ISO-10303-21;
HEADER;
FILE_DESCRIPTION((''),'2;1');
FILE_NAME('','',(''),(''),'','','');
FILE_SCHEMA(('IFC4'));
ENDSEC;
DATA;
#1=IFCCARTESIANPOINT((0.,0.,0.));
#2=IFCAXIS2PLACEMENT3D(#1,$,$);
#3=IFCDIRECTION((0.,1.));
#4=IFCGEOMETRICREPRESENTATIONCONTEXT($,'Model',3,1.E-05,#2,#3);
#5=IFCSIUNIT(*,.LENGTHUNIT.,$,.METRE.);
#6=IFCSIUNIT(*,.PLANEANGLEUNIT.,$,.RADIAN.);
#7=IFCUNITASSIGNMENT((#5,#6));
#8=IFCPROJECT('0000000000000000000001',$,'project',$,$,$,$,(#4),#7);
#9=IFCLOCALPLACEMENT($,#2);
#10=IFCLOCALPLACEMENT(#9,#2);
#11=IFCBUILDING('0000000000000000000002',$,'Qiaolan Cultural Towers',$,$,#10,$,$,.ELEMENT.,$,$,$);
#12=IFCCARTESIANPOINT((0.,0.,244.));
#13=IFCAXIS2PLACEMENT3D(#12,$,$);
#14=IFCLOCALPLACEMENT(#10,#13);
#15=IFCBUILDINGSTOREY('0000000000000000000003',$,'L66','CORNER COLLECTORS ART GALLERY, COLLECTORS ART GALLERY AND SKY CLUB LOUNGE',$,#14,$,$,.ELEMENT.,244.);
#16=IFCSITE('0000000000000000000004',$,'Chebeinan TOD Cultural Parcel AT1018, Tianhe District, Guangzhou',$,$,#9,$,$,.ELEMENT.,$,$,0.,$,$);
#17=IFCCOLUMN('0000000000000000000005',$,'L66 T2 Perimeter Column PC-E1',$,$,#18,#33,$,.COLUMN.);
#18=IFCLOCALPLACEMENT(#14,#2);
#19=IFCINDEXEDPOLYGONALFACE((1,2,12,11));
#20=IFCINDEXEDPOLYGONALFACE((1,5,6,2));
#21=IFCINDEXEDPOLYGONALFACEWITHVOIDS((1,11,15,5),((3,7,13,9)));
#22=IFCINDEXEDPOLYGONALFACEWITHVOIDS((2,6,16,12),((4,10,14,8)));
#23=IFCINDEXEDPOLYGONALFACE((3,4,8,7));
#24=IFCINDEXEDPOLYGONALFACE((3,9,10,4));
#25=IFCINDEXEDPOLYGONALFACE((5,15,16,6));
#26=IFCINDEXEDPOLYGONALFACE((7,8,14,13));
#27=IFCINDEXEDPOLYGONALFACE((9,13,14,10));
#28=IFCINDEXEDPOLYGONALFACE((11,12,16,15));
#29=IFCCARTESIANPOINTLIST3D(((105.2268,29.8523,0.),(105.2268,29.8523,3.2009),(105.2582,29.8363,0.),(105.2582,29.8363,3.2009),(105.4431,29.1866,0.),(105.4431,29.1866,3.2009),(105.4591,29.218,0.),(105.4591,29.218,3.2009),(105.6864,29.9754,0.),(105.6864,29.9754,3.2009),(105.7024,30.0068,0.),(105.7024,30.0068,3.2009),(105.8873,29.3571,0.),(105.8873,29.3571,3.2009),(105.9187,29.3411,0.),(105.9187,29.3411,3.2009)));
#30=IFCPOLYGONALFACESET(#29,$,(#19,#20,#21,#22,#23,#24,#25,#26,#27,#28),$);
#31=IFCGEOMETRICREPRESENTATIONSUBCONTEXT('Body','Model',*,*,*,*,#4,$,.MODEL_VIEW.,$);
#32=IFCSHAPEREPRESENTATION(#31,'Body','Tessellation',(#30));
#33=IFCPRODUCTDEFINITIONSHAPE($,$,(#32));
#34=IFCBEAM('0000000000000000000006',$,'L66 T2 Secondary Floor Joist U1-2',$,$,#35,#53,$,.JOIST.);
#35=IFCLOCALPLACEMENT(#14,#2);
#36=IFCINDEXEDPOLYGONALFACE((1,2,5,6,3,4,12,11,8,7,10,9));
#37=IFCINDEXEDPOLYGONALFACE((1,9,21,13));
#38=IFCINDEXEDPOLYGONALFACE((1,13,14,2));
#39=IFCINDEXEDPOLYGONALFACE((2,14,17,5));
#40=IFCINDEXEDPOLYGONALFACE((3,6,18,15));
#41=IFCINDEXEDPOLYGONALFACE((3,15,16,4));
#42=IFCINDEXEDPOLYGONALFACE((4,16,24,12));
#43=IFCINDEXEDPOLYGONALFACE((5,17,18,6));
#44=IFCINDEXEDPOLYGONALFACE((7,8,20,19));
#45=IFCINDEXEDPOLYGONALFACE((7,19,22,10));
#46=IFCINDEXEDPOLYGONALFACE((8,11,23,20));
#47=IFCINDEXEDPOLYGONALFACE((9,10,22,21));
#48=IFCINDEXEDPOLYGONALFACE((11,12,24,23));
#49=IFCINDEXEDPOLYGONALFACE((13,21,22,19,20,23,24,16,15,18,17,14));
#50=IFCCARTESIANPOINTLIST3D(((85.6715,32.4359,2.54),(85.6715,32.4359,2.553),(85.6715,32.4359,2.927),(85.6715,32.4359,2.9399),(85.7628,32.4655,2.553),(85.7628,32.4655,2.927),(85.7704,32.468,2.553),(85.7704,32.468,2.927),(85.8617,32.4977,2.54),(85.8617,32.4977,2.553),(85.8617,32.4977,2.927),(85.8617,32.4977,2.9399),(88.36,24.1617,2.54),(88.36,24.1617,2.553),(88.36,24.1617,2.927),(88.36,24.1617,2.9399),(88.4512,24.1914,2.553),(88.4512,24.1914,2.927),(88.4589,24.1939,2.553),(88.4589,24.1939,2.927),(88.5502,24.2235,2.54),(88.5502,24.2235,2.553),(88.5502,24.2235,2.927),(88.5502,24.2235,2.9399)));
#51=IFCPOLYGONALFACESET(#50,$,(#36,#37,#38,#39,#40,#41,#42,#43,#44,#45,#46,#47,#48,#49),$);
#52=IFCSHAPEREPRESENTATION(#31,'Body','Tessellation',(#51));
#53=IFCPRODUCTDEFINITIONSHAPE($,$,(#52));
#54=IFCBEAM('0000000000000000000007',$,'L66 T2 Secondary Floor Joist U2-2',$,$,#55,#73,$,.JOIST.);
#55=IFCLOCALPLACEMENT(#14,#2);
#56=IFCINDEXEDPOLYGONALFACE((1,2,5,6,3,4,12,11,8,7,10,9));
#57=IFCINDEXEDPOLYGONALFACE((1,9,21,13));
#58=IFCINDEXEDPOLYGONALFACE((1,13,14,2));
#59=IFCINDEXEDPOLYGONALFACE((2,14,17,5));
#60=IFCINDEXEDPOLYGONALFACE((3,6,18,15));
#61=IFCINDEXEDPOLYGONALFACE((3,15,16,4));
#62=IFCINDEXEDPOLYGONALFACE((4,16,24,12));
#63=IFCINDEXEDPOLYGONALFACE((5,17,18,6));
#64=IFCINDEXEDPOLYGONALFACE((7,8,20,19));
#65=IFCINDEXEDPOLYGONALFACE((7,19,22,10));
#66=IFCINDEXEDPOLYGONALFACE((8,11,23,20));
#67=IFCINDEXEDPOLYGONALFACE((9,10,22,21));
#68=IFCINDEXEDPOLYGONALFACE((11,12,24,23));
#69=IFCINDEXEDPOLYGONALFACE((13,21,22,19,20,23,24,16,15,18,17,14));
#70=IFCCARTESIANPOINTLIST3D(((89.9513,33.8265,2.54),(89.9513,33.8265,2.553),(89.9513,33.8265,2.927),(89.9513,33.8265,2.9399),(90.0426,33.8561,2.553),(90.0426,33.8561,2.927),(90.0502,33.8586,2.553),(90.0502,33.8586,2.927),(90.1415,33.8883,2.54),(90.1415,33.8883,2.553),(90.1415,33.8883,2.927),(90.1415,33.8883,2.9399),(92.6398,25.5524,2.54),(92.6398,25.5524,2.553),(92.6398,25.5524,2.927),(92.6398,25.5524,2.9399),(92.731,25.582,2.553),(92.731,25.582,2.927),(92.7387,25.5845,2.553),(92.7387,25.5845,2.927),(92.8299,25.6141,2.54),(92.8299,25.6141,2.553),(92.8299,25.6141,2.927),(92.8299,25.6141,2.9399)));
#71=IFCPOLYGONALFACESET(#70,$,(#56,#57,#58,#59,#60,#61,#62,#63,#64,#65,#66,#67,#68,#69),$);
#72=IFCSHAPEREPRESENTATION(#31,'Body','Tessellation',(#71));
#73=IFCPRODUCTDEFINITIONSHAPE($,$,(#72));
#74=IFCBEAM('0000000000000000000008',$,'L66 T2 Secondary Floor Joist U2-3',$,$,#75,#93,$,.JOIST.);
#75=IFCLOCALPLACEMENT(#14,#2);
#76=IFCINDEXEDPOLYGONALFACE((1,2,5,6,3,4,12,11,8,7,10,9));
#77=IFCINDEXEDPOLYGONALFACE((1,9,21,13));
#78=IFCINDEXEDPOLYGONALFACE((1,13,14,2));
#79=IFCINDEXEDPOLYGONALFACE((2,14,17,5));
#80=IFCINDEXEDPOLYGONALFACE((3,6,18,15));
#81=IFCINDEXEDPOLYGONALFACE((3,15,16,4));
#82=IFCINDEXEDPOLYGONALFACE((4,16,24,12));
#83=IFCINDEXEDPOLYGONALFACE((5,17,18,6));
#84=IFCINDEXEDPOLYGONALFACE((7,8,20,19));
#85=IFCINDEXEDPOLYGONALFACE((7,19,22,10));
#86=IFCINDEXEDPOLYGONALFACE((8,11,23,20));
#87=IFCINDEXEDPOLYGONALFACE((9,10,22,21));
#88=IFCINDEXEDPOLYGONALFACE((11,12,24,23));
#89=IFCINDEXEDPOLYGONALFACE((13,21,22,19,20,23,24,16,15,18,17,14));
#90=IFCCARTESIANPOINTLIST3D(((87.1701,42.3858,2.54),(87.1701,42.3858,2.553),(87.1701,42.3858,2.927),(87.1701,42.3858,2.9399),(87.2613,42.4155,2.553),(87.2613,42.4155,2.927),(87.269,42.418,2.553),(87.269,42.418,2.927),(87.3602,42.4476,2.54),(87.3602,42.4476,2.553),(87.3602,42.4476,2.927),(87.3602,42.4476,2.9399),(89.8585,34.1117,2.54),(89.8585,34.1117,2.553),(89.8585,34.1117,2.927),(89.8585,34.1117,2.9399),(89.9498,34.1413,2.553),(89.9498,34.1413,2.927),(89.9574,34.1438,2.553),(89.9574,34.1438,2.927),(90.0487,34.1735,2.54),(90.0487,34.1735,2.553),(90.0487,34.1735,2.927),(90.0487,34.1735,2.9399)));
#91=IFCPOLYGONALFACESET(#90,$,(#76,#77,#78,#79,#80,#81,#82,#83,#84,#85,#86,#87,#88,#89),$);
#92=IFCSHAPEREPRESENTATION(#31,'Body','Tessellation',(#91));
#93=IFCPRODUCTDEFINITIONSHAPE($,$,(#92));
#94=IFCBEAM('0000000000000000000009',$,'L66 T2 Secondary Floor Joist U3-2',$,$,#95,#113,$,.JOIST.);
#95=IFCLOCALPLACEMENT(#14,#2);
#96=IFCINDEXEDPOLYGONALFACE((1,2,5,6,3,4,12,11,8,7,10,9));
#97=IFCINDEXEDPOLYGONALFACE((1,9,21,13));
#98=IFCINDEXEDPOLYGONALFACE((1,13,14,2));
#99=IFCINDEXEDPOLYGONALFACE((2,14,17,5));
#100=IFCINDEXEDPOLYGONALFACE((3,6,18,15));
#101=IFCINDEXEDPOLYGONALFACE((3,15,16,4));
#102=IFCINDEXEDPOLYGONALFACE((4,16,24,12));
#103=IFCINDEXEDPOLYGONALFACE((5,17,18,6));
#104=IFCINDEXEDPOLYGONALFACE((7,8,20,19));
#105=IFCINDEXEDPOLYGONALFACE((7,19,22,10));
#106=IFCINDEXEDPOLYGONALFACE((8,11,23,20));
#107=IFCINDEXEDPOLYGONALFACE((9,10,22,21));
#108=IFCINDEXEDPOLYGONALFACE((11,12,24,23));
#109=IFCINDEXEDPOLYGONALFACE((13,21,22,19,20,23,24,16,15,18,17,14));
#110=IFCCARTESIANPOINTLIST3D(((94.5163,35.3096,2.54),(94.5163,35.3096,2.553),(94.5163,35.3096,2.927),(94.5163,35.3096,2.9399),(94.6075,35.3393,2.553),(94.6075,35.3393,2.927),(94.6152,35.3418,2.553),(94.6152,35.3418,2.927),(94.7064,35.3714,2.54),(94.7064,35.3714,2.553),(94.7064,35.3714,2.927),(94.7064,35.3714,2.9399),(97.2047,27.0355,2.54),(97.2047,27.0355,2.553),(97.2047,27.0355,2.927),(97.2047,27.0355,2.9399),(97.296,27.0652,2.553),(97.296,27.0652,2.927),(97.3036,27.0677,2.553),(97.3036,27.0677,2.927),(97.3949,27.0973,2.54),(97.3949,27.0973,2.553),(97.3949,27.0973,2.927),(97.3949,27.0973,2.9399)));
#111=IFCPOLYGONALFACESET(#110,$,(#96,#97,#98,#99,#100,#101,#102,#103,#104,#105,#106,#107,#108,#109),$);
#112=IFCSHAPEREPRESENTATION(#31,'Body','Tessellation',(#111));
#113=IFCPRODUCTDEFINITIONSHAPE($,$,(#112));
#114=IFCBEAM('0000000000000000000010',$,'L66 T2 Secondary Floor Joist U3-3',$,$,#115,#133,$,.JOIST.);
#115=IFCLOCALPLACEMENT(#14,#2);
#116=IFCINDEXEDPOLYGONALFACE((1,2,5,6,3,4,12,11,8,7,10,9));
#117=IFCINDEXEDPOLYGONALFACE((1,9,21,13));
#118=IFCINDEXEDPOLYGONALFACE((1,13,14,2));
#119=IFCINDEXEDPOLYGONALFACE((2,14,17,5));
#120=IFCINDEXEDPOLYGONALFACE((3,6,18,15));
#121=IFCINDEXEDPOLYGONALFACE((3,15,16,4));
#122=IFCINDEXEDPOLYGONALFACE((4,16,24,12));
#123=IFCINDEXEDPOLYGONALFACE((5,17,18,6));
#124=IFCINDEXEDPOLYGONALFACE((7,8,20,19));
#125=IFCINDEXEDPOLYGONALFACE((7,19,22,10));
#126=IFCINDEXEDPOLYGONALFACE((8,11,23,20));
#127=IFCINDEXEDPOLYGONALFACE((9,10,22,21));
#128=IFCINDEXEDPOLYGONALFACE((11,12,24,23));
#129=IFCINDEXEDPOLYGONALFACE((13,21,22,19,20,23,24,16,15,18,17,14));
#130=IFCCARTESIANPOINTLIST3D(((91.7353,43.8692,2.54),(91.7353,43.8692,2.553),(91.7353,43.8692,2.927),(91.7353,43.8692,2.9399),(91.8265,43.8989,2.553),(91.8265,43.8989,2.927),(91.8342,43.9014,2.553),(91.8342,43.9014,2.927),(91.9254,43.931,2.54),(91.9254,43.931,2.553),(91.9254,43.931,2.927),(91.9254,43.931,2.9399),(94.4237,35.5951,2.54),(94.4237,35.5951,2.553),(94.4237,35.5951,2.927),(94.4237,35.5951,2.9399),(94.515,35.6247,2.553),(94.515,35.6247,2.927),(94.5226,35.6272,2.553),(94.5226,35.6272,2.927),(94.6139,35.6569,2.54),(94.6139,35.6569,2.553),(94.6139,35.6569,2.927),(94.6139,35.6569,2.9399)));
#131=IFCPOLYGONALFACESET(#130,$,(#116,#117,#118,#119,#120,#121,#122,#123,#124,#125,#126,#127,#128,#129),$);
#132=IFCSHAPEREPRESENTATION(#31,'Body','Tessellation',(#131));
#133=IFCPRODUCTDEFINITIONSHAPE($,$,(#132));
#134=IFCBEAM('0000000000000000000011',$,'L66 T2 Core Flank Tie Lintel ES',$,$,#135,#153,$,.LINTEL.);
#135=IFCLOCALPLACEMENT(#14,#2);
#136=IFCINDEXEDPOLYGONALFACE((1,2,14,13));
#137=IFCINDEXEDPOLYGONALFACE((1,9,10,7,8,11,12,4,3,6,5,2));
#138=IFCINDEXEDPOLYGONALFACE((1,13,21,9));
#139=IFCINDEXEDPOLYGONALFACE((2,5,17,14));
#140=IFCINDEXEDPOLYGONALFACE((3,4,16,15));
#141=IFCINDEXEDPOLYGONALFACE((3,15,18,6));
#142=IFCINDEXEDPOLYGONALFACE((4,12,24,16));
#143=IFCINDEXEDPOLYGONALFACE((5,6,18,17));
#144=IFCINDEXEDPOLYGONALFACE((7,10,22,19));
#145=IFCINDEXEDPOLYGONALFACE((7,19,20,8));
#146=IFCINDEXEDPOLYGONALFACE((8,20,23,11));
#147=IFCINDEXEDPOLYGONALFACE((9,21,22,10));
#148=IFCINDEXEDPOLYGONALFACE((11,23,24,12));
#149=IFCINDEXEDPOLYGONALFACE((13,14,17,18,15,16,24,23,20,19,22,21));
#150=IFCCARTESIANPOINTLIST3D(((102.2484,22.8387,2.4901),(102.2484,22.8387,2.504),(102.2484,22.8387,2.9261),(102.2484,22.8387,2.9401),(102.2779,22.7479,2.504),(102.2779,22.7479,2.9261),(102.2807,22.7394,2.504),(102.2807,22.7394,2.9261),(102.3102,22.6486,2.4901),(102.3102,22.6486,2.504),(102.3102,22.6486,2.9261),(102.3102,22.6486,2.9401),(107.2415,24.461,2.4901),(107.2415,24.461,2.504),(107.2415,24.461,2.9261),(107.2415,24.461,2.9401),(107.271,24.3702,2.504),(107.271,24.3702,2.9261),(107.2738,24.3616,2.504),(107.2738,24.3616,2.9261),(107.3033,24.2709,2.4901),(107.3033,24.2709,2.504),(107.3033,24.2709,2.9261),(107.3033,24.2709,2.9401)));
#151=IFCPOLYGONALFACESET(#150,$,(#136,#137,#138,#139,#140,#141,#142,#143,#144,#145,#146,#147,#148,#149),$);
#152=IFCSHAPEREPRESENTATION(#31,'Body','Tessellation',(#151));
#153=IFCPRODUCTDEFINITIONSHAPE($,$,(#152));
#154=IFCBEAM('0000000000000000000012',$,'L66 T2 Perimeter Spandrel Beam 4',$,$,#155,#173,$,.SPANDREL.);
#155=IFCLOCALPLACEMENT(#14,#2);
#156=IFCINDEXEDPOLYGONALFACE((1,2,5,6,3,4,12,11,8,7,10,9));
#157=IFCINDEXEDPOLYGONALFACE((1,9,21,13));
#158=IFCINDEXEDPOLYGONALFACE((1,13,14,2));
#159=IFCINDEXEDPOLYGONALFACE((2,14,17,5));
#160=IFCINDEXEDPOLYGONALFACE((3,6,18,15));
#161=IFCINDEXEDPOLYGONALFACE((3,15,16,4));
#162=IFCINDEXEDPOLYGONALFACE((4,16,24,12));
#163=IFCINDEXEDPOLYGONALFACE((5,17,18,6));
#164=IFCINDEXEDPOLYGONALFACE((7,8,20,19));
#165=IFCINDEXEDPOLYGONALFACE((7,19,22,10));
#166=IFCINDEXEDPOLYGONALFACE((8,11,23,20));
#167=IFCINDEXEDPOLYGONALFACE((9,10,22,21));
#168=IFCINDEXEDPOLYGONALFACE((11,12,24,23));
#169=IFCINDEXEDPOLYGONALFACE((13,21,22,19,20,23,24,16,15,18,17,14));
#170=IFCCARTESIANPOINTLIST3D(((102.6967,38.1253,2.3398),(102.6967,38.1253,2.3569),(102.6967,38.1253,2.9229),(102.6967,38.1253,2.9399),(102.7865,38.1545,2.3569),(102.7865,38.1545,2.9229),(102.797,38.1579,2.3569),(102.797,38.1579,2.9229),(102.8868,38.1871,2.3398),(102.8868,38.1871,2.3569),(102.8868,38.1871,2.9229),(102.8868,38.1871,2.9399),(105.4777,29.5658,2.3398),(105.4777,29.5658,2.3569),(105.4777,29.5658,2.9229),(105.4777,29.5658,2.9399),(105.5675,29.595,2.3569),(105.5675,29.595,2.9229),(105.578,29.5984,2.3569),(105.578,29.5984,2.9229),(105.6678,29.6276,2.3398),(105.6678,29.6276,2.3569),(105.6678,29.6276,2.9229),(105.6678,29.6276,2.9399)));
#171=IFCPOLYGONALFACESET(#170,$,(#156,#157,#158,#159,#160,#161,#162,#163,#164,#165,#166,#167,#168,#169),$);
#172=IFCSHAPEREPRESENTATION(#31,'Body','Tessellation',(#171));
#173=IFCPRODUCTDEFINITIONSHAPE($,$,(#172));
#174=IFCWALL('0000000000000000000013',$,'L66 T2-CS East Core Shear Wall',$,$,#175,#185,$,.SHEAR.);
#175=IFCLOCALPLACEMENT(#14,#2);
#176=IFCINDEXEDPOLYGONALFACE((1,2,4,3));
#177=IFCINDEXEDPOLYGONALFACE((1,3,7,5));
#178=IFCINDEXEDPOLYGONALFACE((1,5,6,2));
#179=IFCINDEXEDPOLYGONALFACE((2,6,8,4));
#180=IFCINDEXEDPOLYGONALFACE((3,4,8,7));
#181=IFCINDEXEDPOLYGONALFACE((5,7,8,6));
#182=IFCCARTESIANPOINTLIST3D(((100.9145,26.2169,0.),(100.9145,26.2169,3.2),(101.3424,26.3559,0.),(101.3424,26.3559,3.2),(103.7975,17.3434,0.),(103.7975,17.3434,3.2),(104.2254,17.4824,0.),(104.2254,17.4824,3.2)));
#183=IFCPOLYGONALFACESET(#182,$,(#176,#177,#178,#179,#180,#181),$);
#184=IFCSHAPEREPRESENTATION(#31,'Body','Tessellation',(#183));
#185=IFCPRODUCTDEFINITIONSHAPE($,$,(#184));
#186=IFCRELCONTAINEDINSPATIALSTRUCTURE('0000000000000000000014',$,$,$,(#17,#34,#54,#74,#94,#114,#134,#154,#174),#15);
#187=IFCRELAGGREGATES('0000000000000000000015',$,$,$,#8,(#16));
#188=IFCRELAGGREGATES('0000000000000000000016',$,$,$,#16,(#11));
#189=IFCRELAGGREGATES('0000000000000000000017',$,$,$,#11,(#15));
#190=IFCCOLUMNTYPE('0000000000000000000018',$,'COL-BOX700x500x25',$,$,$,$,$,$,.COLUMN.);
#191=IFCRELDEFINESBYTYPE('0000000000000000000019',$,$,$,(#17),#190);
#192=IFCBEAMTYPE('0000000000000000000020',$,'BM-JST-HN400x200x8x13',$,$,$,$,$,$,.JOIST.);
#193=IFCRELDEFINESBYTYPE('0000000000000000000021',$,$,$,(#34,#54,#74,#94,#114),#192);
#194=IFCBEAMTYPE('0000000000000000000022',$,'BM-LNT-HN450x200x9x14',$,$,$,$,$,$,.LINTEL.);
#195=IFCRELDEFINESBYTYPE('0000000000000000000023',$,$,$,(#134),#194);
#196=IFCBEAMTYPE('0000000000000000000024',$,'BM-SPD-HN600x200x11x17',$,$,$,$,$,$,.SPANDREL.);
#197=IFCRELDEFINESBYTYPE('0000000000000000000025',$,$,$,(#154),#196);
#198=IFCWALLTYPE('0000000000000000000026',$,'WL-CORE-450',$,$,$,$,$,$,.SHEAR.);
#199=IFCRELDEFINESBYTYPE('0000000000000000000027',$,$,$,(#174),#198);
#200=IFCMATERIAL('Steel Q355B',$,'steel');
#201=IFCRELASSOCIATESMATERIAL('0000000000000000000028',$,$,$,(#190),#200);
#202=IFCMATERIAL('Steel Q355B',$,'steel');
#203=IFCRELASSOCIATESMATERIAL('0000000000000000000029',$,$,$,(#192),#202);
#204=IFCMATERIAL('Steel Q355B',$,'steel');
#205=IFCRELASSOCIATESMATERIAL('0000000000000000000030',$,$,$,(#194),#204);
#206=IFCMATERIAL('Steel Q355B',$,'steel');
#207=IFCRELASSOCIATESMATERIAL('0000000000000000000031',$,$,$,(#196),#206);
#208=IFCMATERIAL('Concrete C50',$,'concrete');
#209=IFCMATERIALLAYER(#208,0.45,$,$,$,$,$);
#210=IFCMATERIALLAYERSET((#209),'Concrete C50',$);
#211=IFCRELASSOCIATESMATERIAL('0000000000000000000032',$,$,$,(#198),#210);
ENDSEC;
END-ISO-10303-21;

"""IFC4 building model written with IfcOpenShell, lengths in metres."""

from ifc_helpers import new_model, si_unit, direction, frame, frame_2d, origin, origin_2d, place, context, subcontext, project, spatial, rectangle, hollow_rectangle, i_section, extrude, material, layer, layer_set, material_profile, profile_set, type_object, element, save


model = new_model("IFC4")

# Units and contexts
model_context = context("Model", 3, precision=1e-05, world=origin(), true_north=direction((0.0, 1.0)))
body_context = subcontext(model_context, "Body", "Model", "MODEL_VIEW")
ifc_project = project(units=[si_unit("LENGTHUNIT", "METRE"), si_unit("PLANEANGLEUNIT", "RADIAN")], contexts=[model_context])

# Site, building, storey
site_placement = place(None, origin())
site = spatial("IfcSite", under=ifc_project, at=site_placement, Name="Chebeinan TOD Cultural Parcel AT1018, Tianhe District, Guangzhou", CompositionType="ELEMENT", RefElevation=0.0)
building_placement = place(site_placement, origin())
building = spatial("IfcBuilding", under=site, at=building_placement, Name="Qiaolan Cultural Towers", CompositionType="ELEMENT")
storey_placement = place(building_placement, frame((0.0, 0.0, 244.0)))
storey = spatial("IfcBuildingStorey", under=building, at=storey_placement, Name="L66", Description="CORNER COLLECTORS ART GALLERY, COLLECTORS ART GALLERY AND SKY CLUB LOUNGE", CompositionType="ELEMENT", Elevation=244.0)

# Column
ifc_material_1 = material(Name="Steel Q355B", Category="steel")
ifc_material_profile_1 = material_profile(ifc_material_1, hollow_rectangle(XDim=0.5, YDim=0.7, WallThickness=0.0249, at=origin_2d()), Name="BOX700x500x25")
ifc_profile_set_1 = profile_set([ifc_material_profile_1], Name="Steel Q355B")
column_type = type_object("IfcColumnType", Name="COL-BOX700x500x25", PredefinedType="COLUMN", material=ifc_profile_set_1)
column_placement = place(storey_placement, frame((105.5728, 29.5967, 0.0), z_axis=(0.0, 0.0, 1.0), x_axis=(0.951057, 0.309017, 0.0)))
element("IfcColumn", 1, at=column_placement, inside=storey, type_object=column_type, Name="L66 T2 Perimeter Column PC-E1", PredefinedType="COLUMN", context=body_context, shape_type="SweptSolid", body=[
    extrude(hollow_rectangle(XDim=0.5, YDim=0.7, WallThickness=0.0249, at=origin_2d()), origin(), (0.0, 0.0, 1.0), 3.2009),
])

# Beams
ifc_material_2 = material(Name="Steel Q355B", Category="steel")
ifc_material_profile_2 = material_profile(ifc_material_2, i_section(OverallWidth=0.2, OverallDepth=0.3999, WebThickness=0.0081, FlangeThickness=0.0129, at=origin_2d()), Name="HN400x200x8x13")
ifc_profile_set_2 = profile_set([ifc_material_profile_2], Name="Steel Q355B")
beam_type_1 = type_object("IfcBeamType", Name="BM-JST-HN400x200x8x13", PredefinedType="JOIST", material=ifc_profile_set_2)
for number, where, z_axis, x_axis, name in (
    (2, (88.4551, 24.1926, 2.74), (-0.309021, 0.951055, 0.0), (-0.951055, -0.309021, 0.0), "L66 T2 Secondary Floor Joist U1-2"),
    (3, (92.7349, 25.5833, 2.74), (-0.309021, 0.951055, 0.0), (-0.951055, -0.309021, 0.0), "L66 T2 Secondary Floor Joist U2-2"),
    (4, (89.9536, 34.1426, 2.74), (-0.309021, 0.951055, 0.0), (-0.951055, -0.309021, 0.0), "L66 T2 Secondary Floor Joist U2-3"),
    (5, (97.2998, 27.0664, 2.74), (-0.309021, 0.951055, 0.0), (-0.951055, -0.309021, 0.0), "L66 T2 Secondary Floor Joist U3-2"),
    (6, (94.5188, 35.626, 2.74), (-0.309021, 0.951055, 0.0), (-0.951055, -0.309021, 0.0), "L66 T2 Secondary Floor Joist U3-3"),
):
    element("IfcBeam", number, at=place(storey_placement, frame(where, z_axis=z_axis, x_axis=x_axis)), inside=storey, type_object=beam_type_1, Name=name, PredefinedType="JOIST", context=body_context, shape_type="SweptSolid", body=[
        extrude(i_section(OverallWidth=0.2, OverallDepth=0.3999, WebThickness=0.0081, FlangeThickness=0.0129, at=origin_2d()), origin(), (0.0, 0.0, 1.0), 8.7),
    ])
ifc_material_3 = material(Name="Steel Q355B", Category="steel")
ifc_material_profile_3 = material_profile(ifc_material_3, i_section(OverallWidth=0.2, OverallDepth=0.45, WebThickness=0.009, FlangeThickness=0.0139, at=origin_2d()), Name="HN450x200x9x14")
ifc_profile_set_3 = profile_set([ifc_material_profile_3], Name="Steel Q355B")
beam_type_2 = type_object("IfcBeamType", Name="BM-LNT-HN450x200x9x14", PredefinedType="LINTEL", material=ifc_profile_set_3)
beam_1_placement = place(storey_placement, frame((102.2793, 22.7437, 2.7151), z_axis=(0.95106, 0.309006, 0.0), x_axis=(-0.309006, 0.95106, 0.0)))
element("IfcBeam", 7, at=beam_1_placement, inside=storey, type_object=beam_type_2, Name="L66 T2 Core Flank Tie Lintel ES", PredefinedType="LINTEL", context=body_context, shape_type="SweptSolid", body=[
    extrude(i_section(OverallWidth=0.2, OverallDepth=0.45, WebThickness=0.009, FlangeThickness=0.0139, at=origin_2d()), origin(), (0.0, 0.0, 1.0), 5.25),
])
ifc_material_4 = material(Name="Steel Q355B", Category="steel")
ifc_material_profile_4 = material_profile(ifc_material_4, i_section(OverallWidth=0.2, OverallDepth=0.6001, WebThickness=0.011, FlangeThickness=0.0171, at=origin_2d()), Name="HN600x200x11x17")
ifc_profile_set_4 = profile_set([ifc_material_profile_4], Name="Steel Q355B")
beam_type_3 = type_object("IfcBeamType", Name="BM-SPD-HN600x200x11x17", PredefinedType="SPANDREL", material=ifc_profile_set_4)
beam_2_placement = place(storey_placement, frame((105.5728, 29.5967, 2.6399), z_axis=(-0.309, 0.951062, 0.0), x_axis=(-0.951062, -0.309, 0.0)))
element("IfcBeam", 8, at=beam_2_placement, inside=storey, type_object=beam_type_3, Name="L66 T2 Perimeter Spandrel Beam 4", PredefinedType="SPANDREL", context=body_context, shape_type="SweptSolid", body=[
    extrude(i_section(OverallWidth=0.2, OverallDepth=0.6001, WebThickness=0.011, FlangeThickness=0.0171, at=origin_2d()), origin(), (0.0, 0.0, 1.0), 9.0),
])

# Wall
ifc_material_5 = material(Name="Concrete C50", Category="concrete")
ifc_layer_1 = layer(ifc_material_5, 0.45)
ifc_layer_set_1 = layer_set([ifc_layer_1], Name="Concrete C50")
wall_type_1 = type_object("IfcWallType", Name="WL-CORE-450", PredefinedType="SHEAR", material=ifc_layer_set_1)
wall_1_placement = place(storey_placement, frame((101.1284, 26.2864, 0.0), z_axis=(0.0, 0.0, 1.0), x_axis=(0.309004, -0.951061, 0.0)))
element("IfcWall", 9, at=wall_1_placement, inside=storey, type_object=wall_type_1, Name="L66 T2-CS East Core Shear Wall", PredefinedType="SHEAR", context=body_context, shape_type="SweptSolid", body=[
    extrude(rectangle(XDim=9.3301, YDim=0.45, at=frame_2d((4.665, 0.0))), origin(), (0.0, 0.0, 1.0), 3.2),
])

save(model, "model.ifc")
